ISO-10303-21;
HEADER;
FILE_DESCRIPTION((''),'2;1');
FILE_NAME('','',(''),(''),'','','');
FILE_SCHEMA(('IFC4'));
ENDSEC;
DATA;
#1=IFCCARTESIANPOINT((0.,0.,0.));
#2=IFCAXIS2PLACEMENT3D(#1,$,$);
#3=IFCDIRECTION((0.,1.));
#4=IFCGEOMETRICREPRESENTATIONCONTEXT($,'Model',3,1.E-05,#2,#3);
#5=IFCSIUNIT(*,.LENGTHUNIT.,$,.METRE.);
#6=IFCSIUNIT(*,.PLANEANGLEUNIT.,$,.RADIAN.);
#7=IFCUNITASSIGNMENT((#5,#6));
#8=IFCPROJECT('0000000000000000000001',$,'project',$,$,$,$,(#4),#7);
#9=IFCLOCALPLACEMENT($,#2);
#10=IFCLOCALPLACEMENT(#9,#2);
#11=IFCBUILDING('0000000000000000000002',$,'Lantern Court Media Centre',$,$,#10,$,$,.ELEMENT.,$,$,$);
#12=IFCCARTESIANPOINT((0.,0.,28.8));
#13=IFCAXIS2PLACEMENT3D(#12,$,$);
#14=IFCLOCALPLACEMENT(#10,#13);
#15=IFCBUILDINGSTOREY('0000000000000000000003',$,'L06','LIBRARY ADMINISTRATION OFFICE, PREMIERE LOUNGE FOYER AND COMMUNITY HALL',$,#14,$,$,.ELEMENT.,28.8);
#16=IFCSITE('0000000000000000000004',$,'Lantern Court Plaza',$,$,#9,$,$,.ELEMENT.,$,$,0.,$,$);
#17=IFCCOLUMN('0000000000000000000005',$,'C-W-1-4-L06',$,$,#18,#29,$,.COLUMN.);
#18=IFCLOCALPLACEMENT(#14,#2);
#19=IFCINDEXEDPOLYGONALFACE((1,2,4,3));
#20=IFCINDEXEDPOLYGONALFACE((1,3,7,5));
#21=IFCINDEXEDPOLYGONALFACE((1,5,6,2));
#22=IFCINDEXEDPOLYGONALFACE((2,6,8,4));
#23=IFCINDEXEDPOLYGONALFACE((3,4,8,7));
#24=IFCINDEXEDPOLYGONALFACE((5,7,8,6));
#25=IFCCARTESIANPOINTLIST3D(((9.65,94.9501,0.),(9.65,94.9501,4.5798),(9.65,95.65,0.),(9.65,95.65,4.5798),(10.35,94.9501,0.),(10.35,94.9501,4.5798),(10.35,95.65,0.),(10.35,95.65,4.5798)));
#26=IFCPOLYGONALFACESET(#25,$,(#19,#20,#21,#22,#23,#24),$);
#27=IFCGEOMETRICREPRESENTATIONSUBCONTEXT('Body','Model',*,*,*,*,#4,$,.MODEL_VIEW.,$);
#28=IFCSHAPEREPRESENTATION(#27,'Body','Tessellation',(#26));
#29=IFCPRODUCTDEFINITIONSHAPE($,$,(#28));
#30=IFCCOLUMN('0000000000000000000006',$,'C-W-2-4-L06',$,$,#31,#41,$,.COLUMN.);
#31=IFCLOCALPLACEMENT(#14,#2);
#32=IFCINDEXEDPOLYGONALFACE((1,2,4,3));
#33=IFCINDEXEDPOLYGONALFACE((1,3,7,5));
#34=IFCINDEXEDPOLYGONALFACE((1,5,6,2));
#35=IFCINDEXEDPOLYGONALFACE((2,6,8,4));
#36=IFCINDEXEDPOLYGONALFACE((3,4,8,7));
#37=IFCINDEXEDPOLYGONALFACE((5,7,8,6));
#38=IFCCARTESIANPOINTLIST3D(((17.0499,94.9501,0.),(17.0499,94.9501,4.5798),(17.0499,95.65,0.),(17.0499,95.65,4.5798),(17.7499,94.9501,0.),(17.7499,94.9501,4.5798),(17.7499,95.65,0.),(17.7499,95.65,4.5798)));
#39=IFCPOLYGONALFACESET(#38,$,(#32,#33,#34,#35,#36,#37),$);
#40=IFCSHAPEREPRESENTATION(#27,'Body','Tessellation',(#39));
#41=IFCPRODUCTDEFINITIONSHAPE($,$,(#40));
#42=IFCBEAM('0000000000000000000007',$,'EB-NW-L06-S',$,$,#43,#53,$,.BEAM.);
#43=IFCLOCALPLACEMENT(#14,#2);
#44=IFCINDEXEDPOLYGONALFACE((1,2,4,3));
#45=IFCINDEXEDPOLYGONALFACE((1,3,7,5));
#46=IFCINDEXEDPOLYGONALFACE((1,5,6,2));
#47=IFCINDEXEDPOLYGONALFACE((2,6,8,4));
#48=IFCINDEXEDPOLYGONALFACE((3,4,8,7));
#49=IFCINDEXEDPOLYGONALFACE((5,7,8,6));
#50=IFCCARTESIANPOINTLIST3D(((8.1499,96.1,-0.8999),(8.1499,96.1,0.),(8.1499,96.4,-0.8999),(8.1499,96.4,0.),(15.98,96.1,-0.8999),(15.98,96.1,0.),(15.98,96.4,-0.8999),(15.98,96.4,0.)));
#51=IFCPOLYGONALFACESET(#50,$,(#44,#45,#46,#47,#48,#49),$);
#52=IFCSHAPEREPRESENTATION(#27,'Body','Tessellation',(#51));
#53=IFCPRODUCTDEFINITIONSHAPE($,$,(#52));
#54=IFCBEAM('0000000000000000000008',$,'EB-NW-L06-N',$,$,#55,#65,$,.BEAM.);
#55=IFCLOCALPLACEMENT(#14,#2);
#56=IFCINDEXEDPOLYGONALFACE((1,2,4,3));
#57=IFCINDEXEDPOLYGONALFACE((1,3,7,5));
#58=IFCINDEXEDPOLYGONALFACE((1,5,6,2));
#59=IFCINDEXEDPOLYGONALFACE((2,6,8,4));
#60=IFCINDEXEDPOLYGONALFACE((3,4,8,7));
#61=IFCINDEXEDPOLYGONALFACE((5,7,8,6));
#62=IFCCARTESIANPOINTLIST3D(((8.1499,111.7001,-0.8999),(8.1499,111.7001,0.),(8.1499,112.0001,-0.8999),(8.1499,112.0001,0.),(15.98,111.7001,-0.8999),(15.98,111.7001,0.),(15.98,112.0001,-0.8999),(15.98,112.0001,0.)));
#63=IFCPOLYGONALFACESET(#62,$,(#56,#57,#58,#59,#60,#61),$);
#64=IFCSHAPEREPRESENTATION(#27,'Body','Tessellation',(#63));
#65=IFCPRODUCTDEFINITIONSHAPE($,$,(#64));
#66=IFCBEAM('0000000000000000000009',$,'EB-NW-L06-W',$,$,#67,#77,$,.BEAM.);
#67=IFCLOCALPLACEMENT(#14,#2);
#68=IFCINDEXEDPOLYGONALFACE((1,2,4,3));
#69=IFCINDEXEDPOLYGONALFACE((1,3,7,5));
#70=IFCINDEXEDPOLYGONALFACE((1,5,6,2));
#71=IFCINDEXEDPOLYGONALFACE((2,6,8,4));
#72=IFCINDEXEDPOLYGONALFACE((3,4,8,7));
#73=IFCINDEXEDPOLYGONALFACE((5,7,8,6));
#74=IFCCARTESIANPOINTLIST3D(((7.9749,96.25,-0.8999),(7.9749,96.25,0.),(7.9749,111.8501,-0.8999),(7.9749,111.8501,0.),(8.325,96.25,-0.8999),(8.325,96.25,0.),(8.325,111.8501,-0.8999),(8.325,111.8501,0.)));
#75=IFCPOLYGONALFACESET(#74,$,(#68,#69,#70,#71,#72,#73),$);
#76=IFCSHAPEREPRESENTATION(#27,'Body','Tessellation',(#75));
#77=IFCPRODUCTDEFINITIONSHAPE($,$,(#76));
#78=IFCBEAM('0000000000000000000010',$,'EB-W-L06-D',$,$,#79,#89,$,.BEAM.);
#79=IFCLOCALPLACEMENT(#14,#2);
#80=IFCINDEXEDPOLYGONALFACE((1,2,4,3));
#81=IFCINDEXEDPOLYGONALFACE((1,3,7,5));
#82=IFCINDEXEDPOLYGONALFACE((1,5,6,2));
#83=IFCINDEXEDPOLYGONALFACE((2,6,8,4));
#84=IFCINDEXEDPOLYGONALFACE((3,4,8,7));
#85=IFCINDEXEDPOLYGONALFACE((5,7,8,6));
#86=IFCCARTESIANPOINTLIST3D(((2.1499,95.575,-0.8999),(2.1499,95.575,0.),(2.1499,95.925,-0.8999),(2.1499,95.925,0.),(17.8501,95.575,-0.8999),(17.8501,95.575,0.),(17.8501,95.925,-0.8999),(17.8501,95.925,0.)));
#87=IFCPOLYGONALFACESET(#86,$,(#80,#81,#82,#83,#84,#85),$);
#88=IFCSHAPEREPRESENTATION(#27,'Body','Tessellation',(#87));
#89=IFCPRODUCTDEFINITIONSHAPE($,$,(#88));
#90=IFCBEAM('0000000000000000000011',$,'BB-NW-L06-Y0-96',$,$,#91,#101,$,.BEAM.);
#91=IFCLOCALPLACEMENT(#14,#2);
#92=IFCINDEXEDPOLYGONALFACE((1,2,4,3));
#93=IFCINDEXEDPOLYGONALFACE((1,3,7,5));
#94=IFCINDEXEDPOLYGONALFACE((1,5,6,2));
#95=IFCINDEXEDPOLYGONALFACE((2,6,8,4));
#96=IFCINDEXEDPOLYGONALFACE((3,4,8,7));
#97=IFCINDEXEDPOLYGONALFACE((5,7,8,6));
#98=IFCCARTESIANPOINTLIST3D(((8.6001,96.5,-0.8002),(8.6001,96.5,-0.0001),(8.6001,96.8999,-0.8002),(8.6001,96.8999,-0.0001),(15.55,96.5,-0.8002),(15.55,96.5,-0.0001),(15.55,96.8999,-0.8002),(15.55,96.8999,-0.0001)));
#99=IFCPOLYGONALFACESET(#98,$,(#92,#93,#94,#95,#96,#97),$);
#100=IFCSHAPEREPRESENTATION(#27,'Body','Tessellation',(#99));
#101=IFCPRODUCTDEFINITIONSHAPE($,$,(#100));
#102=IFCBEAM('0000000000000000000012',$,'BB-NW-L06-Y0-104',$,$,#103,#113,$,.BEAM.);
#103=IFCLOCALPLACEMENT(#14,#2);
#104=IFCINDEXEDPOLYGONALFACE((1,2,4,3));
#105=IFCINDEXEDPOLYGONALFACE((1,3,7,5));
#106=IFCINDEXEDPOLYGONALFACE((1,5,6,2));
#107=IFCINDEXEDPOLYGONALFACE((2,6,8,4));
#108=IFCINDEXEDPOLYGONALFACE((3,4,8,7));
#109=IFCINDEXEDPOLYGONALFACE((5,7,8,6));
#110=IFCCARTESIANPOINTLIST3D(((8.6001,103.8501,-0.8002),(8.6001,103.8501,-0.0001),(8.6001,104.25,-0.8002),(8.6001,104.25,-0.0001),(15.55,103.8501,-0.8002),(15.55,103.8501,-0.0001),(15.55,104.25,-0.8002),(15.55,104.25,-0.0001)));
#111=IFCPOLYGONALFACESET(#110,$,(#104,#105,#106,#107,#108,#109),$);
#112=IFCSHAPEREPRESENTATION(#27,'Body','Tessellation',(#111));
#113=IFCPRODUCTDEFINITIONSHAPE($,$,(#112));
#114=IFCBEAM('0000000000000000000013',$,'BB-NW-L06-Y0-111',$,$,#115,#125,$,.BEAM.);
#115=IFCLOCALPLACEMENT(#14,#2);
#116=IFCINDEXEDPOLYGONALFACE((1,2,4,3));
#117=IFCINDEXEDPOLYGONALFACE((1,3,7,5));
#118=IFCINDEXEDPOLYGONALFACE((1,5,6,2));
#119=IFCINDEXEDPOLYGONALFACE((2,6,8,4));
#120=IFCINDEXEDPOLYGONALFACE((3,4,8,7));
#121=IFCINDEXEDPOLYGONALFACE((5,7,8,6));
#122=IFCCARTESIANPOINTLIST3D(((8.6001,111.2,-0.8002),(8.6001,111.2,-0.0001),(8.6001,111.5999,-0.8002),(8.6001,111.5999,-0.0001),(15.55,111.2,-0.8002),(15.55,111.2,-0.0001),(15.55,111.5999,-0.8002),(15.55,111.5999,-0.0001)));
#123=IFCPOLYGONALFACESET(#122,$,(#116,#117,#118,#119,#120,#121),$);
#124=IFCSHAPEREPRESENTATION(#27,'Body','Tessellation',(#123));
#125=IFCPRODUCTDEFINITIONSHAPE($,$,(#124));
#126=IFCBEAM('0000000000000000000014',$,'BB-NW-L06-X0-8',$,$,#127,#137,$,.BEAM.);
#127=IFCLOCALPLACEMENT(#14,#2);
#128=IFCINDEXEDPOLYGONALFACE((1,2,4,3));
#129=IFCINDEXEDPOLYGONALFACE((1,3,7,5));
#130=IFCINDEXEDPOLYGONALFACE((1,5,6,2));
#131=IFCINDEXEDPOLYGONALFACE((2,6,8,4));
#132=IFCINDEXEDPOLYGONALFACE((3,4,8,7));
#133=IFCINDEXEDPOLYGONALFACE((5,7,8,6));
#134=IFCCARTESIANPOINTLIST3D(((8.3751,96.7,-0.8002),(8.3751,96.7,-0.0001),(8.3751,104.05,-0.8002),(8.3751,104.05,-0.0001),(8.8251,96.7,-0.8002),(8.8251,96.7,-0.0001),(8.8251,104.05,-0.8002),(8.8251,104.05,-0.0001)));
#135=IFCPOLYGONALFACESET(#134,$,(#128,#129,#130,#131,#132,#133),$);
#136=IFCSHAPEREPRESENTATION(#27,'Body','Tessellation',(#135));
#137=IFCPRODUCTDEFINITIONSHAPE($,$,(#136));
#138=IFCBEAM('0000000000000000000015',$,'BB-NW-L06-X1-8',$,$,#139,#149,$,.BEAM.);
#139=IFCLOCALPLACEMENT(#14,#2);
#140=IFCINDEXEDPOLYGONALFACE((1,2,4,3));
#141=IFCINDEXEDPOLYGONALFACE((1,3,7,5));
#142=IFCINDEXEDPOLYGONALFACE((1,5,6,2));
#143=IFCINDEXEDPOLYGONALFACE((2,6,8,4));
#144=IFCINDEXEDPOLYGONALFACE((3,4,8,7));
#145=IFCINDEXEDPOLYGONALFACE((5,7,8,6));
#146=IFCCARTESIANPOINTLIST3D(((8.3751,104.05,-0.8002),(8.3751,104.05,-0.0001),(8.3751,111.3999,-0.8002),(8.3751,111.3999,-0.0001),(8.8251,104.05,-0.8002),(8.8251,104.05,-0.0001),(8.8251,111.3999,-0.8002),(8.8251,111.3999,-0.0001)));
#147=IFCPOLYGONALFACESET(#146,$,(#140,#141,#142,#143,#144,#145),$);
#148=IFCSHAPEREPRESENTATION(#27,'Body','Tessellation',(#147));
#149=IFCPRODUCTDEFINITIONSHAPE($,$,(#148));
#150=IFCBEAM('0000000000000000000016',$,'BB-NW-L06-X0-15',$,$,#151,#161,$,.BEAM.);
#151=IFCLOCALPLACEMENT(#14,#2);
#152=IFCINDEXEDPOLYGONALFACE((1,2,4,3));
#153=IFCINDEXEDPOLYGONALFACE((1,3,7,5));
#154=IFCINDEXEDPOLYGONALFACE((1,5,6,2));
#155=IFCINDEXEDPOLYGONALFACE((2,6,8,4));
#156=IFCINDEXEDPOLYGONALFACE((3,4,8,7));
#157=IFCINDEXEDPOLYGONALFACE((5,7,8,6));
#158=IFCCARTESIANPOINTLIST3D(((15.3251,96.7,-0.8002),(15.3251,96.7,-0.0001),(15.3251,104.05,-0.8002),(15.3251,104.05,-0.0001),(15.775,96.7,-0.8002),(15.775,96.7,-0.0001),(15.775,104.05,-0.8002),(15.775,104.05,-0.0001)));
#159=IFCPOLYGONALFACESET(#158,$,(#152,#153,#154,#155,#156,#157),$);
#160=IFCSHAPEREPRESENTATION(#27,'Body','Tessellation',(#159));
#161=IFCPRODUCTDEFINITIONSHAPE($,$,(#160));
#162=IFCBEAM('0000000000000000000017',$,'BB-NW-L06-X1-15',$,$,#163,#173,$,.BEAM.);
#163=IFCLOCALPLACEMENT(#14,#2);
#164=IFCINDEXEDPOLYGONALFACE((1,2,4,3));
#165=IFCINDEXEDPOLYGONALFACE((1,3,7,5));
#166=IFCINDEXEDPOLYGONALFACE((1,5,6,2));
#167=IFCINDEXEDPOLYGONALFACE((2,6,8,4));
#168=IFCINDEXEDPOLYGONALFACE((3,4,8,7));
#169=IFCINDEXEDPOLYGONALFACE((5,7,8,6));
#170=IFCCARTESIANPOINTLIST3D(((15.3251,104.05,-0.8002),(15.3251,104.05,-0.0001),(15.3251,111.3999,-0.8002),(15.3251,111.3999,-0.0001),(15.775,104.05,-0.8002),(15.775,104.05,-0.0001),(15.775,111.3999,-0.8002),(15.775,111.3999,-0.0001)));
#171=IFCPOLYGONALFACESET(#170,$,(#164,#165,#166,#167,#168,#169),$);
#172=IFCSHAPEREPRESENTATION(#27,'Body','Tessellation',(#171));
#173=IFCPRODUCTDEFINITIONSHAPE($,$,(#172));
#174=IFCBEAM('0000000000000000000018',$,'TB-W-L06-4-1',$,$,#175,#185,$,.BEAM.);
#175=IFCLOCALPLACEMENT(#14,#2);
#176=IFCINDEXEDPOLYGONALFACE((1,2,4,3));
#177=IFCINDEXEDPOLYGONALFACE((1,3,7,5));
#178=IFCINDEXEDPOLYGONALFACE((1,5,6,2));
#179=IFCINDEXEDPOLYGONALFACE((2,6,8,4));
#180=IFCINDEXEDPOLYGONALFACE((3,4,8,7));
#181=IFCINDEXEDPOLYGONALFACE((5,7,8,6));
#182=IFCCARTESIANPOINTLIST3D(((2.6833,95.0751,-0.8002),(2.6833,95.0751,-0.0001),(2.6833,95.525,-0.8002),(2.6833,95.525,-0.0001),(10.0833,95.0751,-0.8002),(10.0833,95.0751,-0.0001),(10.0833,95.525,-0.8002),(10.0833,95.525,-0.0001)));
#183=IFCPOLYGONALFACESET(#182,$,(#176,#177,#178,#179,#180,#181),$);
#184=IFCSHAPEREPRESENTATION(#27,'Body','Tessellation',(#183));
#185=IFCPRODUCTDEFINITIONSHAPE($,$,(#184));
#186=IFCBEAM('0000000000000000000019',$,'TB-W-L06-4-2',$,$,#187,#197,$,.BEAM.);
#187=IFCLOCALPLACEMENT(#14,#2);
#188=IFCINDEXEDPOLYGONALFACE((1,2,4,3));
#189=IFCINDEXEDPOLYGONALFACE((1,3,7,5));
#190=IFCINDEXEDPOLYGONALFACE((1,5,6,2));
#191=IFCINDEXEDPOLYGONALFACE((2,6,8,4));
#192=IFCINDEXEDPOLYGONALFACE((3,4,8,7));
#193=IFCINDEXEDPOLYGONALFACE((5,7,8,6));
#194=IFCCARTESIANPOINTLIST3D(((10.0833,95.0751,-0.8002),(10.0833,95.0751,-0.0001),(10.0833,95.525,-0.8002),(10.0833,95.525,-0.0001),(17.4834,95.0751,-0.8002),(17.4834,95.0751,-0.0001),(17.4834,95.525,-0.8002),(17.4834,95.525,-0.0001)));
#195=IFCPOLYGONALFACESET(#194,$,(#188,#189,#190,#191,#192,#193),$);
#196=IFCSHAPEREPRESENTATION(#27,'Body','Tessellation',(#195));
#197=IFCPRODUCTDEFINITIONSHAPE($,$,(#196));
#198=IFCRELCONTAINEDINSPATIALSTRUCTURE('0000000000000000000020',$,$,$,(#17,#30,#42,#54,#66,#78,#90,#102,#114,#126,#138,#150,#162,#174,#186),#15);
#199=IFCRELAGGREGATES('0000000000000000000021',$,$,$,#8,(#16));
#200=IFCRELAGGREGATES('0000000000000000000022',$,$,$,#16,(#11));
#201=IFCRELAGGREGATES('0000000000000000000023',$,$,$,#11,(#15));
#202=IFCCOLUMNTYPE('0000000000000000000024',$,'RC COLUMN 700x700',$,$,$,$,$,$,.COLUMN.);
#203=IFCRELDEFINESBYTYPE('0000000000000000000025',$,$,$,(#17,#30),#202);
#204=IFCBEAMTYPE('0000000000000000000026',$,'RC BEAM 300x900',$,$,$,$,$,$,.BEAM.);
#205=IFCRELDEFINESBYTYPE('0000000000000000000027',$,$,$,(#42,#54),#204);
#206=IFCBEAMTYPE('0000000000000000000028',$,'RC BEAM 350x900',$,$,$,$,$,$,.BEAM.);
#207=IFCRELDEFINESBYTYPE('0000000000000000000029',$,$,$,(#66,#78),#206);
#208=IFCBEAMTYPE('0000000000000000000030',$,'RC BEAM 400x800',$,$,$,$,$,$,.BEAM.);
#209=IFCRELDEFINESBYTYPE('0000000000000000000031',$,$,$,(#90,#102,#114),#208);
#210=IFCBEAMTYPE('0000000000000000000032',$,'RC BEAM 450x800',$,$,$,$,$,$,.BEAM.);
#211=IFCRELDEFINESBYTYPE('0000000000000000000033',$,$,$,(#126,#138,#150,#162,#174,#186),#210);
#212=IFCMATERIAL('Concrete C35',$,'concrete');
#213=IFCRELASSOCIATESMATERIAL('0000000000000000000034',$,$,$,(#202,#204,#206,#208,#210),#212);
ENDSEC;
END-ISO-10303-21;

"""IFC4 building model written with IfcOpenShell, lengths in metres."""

from ifc_helpers import new_model, si_unit, direction, frame, origin, origin_2d, place, context, subcontext, project, spatial, rectangle, extrude, material, material_profile, profile_set, type_object, element, save


model = new_model("IFC4")

# Units and contexts
model_context = context("Model", 3, precision=1e-05, world=origin(), true_north=direction((0.0, 1.0)))
body_context = subcontext(model_context, "Body", "Model", "MODEL_VIEW")
ifc_project = project(units=[si_unit("LENGTHUNIT", "METRE"), si_unit("PLANEANGLEUNIT", "RADIAN")], contexts=[model_context])

# Site, building, storey
site_placement = place(None, origin())
site = spatial("IfcSite", under=ifc_project, at=site_placement, Name="Lantern Court Plaza", CompositionType="ELEMENT", RefElevation=0.0)
building_placement = place(site_placement, origin())
building = spatial("IfcBuilding", under=site, at=building_placement, Name="Lantern Court Media Centre", CompositionType="ELEMENT")
storey_placement = place(building_placement, frame((0.0, 0.0, 28.8)))
storey = spatial("IfcBuildingStorey", under=building, at=storey_placement, Name="L06", Description="LIBRARY ADMINISTRATION OFFICE, PREMIERE LOUNGE FOYER AND COMMUNITY HALL", CompositionType="ELEMENT", Elevation=28.8)

# Columns
ifc_material_1 = material(Name="Concrete C35", Category="concrete")
ifc_material_profile_1 = material_profile(ifc_material_1, rectangle(XDim=0.7, YDim=0.7, at=origin_2d()), Name="RC 700x700")
ifc_profile_set_1 = profile_set([ifc_material_profile_1], Name="Concrete C35")
column_type = type_object("IfcColumnType", Name="RC COLUMN 700x700", PredefinedType="COLUMN", material=ifc_profile_set_1)
for number, where, z_axis, x_axis, name in (
    (1, (10.0, 95.3, 0.0), (0.0, 0.0, 1.0), (1.0, 0.0, 0.0), "C-W-1-4-L06"),
    (2, (17.3999, 95.3, 0.0), (0.0, 0.0, 1.0), (1.0, 0.0, 0.0), "C-W-2-4-L06"),
):
    element("IfcColumn", number, at=place(storey_placement, frame(where, z_axis=z_axis, x_axis=x_axis)), inside=storey, type_object=column_type, Name=name, PredefinedType="COLUMN", context=body_context, shape_type="SweptSolid", body=[
        extrude(rectangle(XDim=0.7, YDim=0.7, at=origin_2d()), origin(), (0.0, 0.0, 1.0), 4.5798),
    ])

# Beams
ifc_material_profile_2 = material_profile(ifc_material_1, rectangle(XDim=0.3, YDim=0.8999, at=origin_2d()), Name="RC 300x900")
ifc_profile_set_2 = profile_set([ifc_material_profile_2], Name="Concrete C35")
beam_type_1 = type_object("IfcBeamType", Name="RC BEAM 300x900", PredefinedType="BEAM", material=ifc_profile_set_2)
for number, where, z_axis, x_axis, name in (
    (3, (8.1499, 96.25, -0.45), (1.0, 0.0, 0.0), (0.0, 1.0, 0.0), "EB-NW-L06-S"),
    (4, (8.1499, 111.8501, -0.45), (1.0, 0.0, 0.0), (0.0, 1.0, 0.0), "EB-NW-L06-N"),
):
    element("IfcBeam", number, at=place(storey_placement, frame(where, z_axis=z_axis, x_axis=x_axis)), inside=storey, type_object=beam_type_1, Name=name, PredefinedType="BEAM", context=body_context, shape_type="SweptSolid", body=[
        extrude(rectangle(XDim=0.3, YDim=0.8999, at=origin_2d()), origin(), (0.0, 0.0, 1.0), 7.8301),
    ])
ifc_material_profile_3 = material_profile(ifc_material_1, rectangle(XDim=0.3501, YDim=0.8999, at=origin_2d()), Name="RC 350x900")
ifc_profile_set_3 = profile_set([ifc_material_profile_3], Name="Concrete C35")
beam_type_2 = type_object("IfcBeamType", Name="RC BEAM 350x900", PredefinedType="BEAM", material=ifc_profile_set_3)
beam_1_placement = place(storey_placement, frame((8.1499, 96.25, -0.45), z_axis=(0.0, 1.0, 0.0), x_axis=(-1.0, 0.0, 0.0)))
element("IfcBeam", 5, at=beam_1_placement, inside=storey, type_object=beam_type_2, Name="EB-NW-L06-W", PredefinedType="BEAM", context=body_context, shape_type="SweptSolid", body=[
    extrude(rectangle(XDim=0.3501, YDim=0.8999, at=origin_2d()), origin(), (0.0, 0.0, 1.0), 15.6001),
])
beam_2_placement = place(storey_placement, frame((2.1499, 95.75, -0.45), z_axis=(1.0, 0.0, 0.0), x_axis=(0.0, 1.0, 0.0)))
element("IfcBeam", 6, at=beam_2_placement, inside=storey, type_object=beam_type_2, Name="EB-W-L06-D", PredefinedType="BEAM", context=body_context, shape_type="SweptSolid", body=[
    extrude(rectangle(XDim=0.3501, YDim=0.8999, at=origin_2d()), origin(), (0.0, 0.0, 1.0), 15.7002),
])
ifc_material_profile_4 = material_profile(ifc_material_1, rectangle(XDim=0.3999, YDim=0.8, at=origin_2d()), Name="RC 400x800")
ifc_profile_set_4 = profile_set([ifc_material_profile_4], Name="Concrete C35")
beam_type_3 = type_object("IfcBeamType", Name="RC BEAM 400x800", PredefinedType="BEAM", material=ifc_profile_set_4)
for number, where, z_axis, x_axis, name in (
    (7, (8.6001, 96.7, -0.4001), (1.0, 0.0, 0.0), (0.0, 1.0, 0.0), "BB-NW-L06-Y0-96"),
    (8, (8.6001, 104.05, -0.4001), (1.0, 0.0, 0.0), (0.0, 1.0, 0.0), "BB-NW-L06-Y0-104"),
    (9, (8.6001, 111.3999, -0.4001), (1.0, 0.0, 0.0), (0.0, 1.0, 0.0), "BB-NW-L06-Y0-111"),
):
    element("IfcBeam", number, at=place(storey_placement, frame(where, z_axis=z_axis, x_axis=x_axis)), inside=storey, type_object=beam_type_3, Name=name, PredefinedType="BEAM", context=body_context, shape_type="SweptSolid", body=[
        extrude(rectangle(XDim=0.3999, YDim=0.8, at=origin_2d()), origin(), (0.0, 0.0, 1.0), 6.95),
    ])
ifc_material_profile_5 = material_profile(ifc_material_1, rectangle(XDim=0.45, YDim=0.8, at=origin_2d()), Name="RC 450x800")
ifc_profile_set_5 = profile_set([ifc_material_profile_5], Name="Concrete C35")
beam_type_4 = type_object("IfcBeamType", Name="RC BEAM 450x800", PredefinedType="BEAM", material=ifc_profile_set_5)
beam_3_placement = place(storey_placement, frame((8.6001, 96.7, -0.4001), z_axis=(0.0, 1.0, 0.0), x_axis=(-1.0, 0.0, 0.0)))
element("IfcBeam", 10, at=beam_3_placement, inside=storey, type_object=beam_type_4, Name="BB-NW-L06-X0-8", PredefinedType="BEAM", context=body_context, shape_type="SweptSolid", body=[
    extrude(rectangle(XDim=0.45, YDim=0.8, at=origin_2d()), origin(), (0.0, 0.0, 1.0), 7.3501),
])
beam_4_placement = place(storey_placement, frame((8.6001, 104.05, -0.4001), z_axis=(0.0, 1.0, 0.0), x_axis=(-1.0, 0.0, 0.0)))
element("IfcBeam", 11, at=beam_4_placement, inside=storey, type_object=beam_type_4, Name="BB-NW-L06-X1-8", PredefinedType="BEAM", context=body_context, shape_type="SweptSolid", body=[
    extrude(rectangle(XDim=0.45, YDim=0.8, at=origin_2d()), origin(), (0.0, 0.0, 1.0), 7.3499),
])
beam_5_placement = place(storey_placement, frame((15.55, 96.7, -0.4001), z_axis=(0.0, 1.0, 0.0), x_axis=(-1.0, 0.0, 0.0)))
element("IfcBeam", 12, at=beam_5_placement, inside=storey, type_object=beam_type_4, Name="BB-NW-L06-X0-15", PredefinedType="BEAM", context=body_context, shape_type="SweptSolid", body=[
    extrude(rectangle(XDim=0.45, YDim=0.8, at=origin_2d()), origin(), (0.0, 0.0, 1.0), 7.3501),
])
beam_6_placement = place(storey_placement, frame((15.55, 104.05, -0.4001), z_axis=(0.0, 1.0, 0.0), x_axis=(-1.0, 0.0, 0.0)))
element("IfcBeam", 13, at=beam_6_placement, inside=storey, type_object=beam_type_4, Name="BB-NW-L06-X1-15", PredefinedType="BEAM", context=body_context, shape_type="SweptSolid", body=[
    extrude(rectangle(XDim=0.45, YDim=0.8, at=origin_2d()), origin(), (0.0, 0.0, 1.0), 7.3499),
])
beam_7_placement = place(storey_placement, frame((2.6833, 95.3, -0.4001), z_axis=(1.0, 0.0, 0.0), x_axis=(0.0, 1.0, 0.0)))
element("IfcBeam", 14, at=beam_7_placement, inside=storey, type_object=beam_type_4, Name="TB-W-L06-4-1", PredefinedType="BEAM", context=body_context, shape_type="SweptSolid", body=[
    extrude(rectangle(XDim=0.45, YDim=0.8, at=origin_2d()), origin(), (0.0, 0.0, 1.0), 7.3999),
])
beam_8_placement = place(storey_placement, frame((10.0833, 95.3, -0.4001), z_axis=(1.0, 0.0, 0.0), x_axis=(0.0, 1.0, 0.0)))
element("IfcBeam", 15, at=beam_8_placement, inside=storey, type_object=beam_type_4, Name="TB-W-L06-4-2", PredefinedType="BEAM", context=body_context, shape_type="SweptSolid", body=[
    extrude(rectangle(XDim=0.45, YDim=0.8, at=origin_2d()), origin(), (0.0, 0.0, 1.0), 7.4001),
])

save(model, "model.ifc")
